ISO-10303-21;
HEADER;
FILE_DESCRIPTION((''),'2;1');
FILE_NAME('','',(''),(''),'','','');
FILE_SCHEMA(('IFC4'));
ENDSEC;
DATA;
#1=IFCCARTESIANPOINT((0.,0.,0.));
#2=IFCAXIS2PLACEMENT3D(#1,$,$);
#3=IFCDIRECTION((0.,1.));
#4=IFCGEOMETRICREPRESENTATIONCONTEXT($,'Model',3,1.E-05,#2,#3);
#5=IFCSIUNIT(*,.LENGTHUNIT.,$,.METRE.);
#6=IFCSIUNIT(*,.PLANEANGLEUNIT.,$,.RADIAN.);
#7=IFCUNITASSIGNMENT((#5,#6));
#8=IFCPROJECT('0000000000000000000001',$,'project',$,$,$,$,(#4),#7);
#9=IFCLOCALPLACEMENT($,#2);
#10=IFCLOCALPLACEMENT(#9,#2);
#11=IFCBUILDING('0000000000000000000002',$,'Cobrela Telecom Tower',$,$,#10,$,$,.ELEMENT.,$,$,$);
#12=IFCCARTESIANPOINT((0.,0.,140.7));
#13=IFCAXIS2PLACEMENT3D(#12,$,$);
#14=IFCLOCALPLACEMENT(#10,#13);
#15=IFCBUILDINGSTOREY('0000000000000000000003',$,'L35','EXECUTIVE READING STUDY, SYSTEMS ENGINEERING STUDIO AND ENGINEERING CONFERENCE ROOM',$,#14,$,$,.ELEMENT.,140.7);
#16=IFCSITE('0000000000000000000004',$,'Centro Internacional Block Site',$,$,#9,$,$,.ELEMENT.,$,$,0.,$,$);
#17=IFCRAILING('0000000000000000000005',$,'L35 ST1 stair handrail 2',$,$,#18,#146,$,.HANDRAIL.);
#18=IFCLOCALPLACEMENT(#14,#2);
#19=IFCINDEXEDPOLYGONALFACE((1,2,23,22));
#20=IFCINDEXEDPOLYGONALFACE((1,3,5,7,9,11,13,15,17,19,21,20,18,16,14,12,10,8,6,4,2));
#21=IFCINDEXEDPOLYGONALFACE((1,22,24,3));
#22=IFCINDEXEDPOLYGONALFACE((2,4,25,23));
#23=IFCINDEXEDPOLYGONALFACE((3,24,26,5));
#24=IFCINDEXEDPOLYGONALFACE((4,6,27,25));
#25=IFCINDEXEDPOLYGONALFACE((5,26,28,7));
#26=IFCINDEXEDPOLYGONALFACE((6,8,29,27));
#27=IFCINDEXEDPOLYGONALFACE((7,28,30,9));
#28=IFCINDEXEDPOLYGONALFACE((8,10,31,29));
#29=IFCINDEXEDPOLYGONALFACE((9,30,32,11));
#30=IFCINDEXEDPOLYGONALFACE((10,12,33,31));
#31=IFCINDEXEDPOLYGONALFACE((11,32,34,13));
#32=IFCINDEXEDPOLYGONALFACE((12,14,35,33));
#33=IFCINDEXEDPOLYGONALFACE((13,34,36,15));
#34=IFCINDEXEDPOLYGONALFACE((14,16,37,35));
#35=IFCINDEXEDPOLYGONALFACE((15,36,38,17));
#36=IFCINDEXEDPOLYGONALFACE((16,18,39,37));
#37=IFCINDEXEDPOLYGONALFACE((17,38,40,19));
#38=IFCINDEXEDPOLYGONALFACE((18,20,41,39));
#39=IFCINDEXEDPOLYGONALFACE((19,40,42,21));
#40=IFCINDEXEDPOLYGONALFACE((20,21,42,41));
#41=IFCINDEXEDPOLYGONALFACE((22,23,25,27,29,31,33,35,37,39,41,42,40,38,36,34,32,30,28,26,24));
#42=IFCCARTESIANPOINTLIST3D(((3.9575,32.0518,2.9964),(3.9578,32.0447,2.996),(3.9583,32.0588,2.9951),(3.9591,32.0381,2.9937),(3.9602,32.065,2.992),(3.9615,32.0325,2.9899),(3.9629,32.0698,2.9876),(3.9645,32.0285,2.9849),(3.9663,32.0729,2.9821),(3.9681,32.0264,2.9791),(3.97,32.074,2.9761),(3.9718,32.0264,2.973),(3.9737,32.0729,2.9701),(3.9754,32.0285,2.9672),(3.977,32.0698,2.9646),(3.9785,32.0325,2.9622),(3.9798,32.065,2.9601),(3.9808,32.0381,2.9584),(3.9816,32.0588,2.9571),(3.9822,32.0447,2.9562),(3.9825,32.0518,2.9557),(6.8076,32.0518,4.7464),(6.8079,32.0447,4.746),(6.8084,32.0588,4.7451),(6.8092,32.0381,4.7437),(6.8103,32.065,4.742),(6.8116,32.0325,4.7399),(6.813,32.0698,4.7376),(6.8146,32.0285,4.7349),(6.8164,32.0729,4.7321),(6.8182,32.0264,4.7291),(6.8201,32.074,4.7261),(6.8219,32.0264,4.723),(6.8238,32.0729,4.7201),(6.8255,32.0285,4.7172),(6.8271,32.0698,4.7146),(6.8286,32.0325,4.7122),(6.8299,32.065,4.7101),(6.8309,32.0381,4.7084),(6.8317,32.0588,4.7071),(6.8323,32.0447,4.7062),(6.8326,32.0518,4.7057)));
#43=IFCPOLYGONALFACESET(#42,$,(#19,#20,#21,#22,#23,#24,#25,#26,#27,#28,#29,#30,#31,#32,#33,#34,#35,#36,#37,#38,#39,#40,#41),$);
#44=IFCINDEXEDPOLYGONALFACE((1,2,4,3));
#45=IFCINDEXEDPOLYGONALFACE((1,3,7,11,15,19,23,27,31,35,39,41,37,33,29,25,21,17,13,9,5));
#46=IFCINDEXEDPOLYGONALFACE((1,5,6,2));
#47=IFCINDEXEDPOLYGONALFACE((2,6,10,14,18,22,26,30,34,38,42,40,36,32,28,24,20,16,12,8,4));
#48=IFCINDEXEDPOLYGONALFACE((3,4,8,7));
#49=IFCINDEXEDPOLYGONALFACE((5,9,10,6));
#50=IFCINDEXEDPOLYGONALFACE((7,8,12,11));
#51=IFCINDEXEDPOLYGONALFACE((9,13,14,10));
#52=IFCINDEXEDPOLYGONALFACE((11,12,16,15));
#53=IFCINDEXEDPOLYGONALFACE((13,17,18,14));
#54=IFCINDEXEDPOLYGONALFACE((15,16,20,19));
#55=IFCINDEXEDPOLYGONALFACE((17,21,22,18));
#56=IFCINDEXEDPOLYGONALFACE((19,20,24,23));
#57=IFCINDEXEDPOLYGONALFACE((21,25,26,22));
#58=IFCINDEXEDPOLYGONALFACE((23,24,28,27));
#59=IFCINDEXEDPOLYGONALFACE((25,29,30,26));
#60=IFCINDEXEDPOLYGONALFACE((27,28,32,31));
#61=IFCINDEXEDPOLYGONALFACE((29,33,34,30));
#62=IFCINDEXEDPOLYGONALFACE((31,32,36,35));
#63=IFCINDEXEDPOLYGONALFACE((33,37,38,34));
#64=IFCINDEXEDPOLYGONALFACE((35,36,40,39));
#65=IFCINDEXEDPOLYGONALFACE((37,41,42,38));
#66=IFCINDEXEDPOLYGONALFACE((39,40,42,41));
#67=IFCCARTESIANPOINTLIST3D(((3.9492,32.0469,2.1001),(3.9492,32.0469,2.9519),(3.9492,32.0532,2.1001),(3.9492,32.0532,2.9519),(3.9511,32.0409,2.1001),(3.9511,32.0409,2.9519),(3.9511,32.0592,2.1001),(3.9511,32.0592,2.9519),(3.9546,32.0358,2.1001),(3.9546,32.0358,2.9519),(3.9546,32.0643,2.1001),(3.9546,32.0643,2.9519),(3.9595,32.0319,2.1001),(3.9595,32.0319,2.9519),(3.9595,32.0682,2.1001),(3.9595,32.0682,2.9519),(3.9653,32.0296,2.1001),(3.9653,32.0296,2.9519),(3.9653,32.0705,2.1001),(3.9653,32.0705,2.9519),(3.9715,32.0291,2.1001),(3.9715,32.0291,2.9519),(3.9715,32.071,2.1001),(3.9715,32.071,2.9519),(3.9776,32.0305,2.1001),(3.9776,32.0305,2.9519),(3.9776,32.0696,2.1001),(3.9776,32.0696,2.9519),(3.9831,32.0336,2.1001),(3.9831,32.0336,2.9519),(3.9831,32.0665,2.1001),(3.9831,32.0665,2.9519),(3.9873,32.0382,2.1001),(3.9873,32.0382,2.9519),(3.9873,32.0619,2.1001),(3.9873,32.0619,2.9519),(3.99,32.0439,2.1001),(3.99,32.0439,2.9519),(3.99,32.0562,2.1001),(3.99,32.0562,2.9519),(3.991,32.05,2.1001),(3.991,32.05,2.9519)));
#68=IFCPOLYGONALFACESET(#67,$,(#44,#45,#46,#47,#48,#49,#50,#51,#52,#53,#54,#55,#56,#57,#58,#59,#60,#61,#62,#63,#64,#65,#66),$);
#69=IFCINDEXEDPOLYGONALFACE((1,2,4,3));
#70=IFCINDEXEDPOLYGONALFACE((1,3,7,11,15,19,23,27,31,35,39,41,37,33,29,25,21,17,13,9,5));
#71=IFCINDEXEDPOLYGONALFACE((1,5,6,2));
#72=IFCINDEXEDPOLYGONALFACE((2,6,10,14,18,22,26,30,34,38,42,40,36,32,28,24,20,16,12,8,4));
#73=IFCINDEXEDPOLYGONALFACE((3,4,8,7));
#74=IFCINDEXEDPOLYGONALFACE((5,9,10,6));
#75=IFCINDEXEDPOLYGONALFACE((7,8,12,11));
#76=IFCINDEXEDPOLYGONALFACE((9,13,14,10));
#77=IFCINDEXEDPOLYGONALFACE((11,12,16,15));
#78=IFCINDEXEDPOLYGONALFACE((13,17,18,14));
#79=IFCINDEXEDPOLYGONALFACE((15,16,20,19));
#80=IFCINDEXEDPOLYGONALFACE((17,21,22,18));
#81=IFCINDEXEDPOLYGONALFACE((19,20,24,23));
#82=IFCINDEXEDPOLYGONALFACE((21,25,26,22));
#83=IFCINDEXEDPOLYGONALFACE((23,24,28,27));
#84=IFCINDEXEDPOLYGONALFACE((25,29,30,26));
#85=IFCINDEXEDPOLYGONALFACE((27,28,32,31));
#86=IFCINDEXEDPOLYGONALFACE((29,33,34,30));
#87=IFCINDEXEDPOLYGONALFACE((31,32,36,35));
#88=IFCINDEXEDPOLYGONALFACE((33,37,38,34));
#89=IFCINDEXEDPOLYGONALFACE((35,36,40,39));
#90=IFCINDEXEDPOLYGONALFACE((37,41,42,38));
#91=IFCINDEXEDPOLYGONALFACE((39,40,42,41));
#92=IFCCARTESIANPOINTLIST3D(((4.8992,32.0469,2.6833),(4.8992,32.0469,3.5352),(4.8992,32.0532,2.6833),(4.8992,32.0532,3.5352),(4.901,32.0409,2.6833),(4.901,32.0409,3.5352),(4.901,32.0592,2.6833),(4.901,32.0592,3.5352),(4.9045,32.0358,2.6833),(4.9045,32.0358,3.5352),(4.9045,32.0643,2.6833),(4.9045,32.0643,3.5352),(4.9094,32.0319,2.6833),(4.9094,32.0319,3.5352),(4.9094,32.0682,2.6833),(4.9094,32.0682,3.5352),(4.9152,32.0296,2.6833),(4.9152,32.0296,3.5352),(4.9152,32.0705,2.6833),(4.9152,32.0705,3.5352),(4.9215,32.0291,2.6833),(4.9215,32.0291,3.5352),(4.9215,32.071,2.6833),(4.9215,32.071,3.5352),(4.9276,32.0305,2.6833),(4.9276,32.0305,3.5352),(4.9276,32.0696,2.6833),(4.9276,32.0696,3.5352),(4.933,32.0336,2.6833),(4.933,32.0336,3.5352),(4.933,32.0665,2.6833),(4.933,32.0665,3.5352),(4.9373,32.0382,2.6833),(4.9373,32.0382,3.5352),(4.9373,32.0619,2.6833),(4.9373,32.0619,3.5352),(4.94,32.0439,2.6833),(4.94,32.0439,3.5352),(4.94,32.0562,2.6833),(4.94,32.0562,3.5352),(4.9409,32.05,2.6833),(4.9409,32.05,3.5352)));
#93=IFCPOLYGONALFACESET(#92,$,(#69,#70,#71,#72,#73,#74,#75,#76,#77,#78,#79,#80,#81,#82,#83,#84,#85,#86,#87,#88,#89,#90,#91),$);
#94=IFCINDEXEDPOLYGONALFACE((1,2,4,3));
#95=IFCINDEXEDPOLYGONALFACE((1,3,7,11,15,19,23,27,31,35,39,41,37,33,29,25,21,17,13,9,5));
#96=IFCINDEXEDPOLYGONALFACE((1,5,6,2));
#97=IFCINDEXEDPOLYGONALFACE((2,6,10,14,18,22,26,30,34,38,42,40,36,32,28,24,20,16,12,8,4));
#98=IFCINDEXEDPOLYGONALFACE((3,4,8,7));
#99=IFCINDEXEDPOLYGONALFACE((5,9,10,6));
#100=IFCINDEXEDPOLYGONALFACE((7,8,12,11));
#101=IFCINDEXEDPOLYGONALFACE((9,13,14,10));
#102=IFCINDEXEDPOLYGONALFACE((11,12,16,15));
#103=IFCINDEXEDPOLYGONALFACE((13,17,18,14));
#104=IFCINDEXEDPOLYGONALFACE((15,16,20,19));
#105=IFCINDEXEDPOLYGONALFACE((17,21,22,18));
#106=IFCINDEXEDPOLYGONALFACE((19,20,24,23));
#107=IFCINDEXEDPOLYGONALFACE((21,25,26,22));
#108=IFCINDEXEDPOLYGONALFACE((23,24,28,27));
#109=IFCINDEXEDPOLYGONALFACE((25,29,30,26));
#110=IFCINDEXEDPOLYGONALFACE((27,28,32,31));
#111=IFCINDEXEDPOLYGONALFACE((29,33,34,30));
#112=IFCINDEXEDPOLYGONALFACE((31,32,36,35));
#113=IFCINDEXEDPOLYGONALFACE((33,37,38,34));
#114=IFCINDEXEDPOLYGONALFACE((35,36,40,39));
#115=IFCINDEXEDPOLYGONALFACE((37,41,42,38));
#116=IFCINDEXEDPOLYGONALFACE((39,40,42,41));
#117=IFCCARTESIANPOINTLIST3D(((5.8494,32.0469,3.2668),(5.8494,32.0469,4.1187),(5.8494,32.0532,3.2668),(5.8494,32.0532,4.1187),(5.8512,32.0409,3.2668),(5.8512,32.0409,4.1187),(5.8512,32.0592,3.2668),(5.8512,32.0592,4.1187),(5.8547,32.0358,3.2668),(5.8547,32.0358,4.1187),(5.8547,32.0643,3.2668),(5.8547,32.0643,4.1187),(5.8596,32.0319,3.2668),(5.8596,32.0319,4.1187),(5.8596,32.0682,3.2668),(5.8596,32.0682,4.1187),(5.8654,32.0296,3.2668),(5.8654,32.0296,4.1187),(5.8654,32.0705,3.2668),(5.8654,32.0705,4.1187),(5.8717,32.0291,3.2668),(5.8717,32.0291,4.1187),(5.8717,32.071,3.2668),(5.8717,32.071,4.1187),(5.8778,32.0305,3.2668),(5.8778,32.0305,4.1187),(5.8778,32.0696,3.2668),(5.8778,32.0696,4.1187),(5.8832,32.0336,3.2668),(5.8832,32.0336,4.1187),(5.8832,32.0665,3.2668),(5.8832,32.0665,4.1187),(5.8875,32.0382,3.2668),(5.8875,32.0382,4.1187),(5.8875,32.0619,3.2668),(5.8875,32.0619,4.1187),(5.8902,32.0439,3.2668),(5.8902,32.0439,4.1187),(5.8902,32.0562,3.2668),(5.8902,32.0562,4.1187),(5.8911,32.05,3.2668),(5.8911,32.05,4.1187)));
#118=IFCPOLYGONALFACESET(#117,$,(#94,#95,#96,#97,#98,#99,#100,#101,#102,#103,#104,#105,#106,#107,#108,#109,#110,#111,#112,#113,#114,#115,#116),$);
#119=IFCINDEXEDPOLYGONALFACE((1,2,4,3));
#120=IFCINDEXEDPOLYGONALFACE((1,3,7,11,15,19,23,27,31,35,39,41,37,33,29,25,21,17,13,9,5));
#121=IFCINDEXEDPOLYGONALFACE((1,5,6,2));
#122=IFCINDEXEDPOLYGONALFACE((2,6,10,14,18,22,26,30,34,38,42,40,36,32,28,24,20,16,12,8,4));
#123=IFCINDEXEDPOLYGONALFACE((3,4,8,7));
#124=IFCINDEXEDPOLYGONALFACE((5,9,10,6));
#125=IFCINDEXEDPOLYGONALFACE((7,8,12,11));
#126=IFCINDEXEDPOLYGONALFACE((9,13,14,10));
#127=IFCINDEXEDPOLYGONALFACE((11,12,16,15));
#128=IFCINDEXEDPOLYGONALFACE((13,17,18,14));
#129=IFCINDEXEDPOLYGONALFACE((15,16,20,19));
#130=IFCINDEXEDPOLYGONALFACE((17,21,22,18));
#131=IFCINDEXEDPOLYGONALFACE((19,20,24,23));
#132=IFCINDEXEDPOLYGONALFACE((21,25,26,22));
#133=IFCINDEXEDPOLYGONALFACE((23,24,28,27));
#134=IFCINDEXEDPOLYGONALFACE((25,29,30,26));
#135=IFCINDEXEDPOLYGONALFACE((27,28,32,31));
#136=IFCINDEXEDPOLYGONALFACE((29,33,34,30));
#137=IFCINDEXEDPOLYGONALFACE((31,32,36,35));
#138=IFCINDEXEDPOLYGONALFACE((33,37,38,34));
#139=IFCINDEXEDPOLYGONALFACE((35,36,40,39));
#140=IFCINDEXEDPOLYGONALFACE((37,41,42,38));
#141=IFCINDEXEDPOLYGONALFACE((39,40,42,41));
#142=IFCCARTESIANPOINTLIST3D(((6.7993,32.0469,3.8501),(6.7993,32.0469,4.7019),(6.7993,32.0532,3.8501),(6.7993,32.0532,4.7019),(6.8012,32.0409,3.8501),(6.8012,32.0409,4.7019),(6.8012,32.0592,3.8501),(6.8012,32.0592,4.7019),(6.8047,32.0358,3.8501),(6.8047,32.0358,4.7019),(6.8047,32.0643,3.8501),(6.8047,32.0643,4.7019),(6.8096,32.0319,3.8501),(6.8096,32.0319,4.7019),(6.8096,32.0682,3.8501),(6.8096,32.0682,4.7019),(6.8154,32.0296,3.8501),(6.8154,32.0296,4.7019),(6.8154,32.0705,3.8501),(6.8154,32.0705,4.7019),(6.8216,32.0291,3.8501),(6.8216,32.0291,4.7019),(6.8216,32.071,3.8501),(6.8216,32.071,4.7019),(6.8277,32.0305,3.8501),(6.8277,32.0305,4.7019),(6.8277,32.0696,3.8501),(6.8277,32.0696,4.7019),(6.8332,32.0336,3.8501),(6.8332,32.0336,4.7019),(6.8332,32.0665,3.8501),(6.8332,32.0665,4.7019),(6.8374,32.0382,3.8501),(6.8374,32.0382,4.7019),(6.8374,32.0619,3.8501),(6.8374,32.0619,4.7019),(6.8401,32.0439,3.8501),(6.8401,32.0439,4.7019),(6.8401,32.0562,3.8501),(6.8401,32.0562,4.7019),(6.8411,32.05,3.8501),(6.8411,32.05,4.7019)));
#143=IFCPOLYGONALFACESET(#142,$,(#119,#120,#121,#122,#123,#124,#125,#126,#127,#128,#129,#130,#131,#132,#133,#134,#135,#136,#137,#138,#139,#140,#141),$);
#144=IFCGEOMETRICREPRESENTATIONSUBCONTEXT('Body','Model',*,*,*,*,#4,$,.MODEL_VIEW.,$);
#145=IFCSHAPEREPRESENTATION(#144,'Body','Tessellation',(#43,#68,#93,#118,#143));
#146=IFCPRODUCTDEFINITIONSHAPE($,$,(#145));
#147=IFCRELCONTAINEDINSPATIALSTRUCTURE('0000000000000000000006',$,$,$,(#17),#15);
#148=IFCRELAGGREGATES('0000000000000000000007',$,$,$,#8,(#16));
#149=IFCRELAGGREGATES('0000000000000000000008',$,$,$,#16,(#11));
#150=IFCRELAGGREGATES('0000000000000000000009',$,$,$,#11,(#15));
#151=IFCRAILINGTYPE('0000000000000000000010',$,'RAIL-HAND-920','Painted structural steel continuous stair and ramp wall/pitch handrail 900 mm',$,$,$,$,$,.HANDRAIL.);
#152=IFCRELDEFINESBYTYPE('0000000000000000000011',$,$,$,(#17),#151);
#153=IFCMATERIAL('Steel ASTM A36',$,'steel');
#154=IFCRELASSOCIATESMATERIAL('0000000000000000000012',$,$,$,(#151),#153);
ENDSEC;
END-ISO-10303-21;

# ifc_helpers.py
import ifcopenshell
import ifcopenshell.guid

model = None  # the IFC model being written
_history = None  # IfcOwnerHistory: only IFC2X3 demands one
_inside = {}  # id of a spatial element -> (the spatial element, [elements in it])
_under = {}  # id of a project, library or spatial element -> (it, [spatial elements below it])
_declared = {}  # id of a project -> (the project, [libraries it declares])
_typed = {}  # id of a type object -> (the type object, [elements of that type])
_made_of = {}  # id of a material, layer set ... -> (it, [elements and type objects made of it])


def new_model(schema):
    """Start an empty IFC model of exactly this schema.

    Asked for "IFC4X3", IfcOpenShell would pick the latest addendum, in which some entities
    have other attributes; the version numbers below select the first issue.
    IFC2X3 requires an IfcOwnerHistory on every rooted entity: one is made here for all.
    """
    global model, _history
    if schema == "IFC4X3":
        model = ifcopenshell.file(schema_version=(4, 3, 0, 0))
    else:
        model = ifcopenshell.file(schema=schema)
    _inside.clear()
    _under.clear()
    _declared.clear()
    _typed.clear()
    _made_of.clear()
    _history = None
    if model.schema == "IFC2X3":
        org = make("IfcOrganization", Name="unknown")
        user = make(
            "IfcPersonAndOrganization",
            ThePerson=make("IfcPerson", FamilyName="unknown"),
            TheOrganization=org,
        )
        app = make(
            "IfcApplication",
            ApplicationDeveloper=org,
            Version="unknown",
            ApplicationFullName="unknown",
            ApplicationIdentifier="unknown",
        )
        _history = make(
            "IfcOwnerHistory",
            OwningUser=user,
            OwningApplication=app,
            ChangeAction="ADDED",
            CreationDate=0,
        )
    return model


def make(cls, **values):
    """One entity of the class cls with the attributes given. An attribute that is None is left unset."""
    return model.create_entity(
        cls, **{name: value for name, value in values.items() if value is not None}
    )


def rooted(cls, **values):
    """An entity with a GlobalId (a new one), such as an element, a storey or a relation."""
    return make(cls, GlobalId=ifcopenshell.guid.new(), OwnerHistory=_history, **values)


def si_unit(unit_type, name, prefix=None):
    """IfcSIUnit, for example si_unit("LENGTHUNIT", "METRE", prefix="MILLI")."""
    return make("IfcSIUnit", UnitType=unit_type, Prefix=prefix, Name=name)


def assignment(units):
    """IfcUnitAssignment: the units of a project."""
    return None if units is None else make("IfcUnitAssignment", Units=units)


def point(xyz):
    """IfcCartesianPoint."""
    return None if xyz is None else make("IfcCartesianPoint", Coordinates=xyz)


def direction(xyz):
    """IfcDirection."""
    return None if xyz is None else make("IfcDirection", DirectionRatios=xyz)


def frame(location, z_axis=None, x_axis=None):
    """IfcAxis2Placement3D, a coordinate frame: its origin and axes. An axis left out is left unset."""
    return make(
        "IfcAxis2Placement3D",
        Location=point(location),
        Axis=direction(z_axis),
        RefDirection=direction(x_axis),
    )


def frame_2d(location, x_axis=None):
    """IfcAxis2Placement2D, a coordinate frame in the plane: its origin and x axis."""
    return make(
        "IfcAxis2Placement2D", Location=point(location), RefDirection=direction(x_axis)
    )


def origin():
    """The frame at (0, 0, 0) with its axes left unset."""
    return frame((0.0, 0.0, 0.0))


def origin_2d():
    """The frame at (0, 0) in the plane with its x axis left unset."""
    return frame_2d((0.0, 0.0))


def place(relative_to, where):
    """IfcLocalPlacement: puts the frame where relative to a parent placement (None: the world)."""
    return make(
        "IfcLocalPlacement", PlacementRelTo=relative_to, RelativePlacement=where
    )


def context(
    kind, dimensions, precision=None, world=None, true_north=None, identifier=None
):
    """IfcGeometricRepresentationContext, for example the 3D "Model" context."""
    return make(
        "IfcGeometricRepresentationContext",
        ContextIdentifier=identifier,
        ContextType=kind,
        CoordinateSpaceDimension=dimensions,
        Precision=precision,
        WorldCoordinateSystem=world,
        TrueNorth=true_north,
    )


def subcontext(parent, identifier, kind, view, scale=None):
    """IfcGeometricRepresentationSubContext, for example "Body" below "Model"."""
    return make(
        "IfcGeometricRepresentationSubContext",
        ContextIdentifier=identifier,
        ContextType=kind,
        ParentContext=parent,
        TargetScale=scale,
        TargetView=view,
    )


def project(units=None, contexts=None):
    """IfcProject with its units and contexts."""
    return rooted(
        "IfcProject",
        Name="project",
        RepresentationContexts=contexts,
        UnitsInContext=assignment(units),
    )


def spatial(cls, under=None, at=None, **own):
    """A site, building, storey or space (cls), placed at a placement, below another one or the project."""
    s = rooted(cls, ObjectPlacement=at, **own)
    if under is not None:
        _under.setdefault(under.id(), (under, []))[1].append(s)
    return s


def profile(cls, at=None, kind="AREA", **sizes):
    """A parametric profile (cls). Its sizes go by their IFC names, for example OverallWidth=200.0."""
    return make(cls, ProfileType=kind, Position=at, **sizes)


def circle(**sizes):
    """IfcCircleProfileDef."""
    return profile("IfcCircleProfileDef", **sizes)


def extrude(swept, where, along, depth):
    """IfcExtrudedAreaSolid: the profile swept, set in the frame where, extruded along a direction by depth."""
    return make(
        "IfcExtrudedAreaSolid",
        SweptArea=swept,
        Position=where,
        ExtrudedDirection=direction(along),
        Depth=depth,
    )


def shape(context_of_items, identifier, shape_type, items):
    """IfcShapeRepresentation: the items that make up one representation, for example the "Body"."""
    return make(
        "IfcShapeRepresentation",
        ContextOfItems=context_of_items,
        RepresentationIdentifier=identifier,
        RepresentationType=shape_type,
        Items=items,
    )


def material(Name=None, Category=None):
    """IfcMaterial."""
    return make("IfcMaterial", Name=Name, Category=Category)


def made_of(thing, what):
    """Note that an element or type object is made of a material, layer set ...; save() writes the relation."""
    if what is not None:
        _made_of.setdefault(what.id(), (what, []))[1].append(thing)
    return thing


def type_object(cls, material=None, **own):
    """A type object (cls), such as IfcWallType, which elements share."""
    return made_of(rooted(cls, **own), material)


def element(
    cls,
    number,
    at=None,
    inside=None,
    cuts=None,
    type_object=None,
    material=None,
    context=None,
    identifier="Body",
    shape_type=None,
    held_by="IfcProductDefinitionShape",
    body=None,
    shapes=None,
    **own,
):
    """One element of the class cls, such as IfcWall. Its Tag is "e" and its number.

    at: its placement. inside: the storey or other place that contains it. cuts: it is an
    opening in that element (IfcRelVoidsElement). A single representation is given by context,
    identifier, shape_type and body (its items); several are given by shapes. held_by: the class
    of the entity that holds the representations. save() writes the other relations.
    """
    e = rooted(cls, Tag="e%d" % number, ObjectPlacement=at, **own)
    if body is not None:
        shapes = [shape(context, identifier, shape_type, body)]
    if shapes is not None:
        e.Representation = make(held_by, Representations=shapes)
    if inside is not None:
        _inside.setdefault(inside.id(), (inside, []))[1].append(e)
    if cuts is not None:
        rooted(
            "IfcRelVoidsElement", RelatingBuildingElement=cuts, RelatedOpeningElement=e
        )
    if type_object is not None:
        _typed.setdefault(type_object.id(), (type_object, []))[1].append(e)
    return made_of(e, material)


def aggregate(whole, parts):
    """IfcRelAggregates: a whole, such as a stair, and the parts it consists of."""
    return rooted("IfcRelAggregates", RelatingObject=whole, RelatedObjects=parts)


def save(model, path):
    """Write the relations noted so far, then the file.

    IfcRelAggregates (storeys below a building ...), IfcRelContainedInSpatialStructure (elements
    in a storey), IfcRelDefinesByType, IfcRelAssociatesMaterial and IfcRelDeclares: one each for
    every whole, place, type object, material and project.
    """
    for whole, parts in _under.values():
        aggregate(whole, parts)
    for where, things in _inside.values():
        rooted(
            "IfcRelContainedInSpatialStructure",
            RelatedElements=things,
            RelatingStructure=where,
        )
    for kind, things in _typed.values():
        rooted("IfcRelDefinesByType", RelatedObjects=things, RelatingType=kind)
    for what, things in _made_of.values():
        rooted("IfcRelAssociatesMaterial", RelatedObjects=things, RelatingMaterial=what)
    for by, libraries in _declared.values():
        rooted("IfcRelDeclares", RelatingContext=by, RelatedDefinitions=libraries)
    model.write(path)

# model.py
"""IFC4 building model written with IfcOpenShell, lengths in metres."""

from ifc_helpers import new_model, si_unit, direction, frame, origin, origin_2d, place, context, subcontext, project, spatial, circle, extrude, material, type_object, element, save


model = new_model("IFC4")

# Units and contexts
model_context = context("Model", 3, precision=1e-05, world=origin(), true_north=direction((0.0, 1.0)))
body_context = subcontext(model_context, "Body", "Model", "MODEL_VIEW")
ifc_project = project(units=[si_unit("LENGTHUNIT", "METRE"), si_unit("PLANEANGLEUNIT", "RADIAN")], contexts=[model_context])

# Site, building, storey
site_placement = place(None, origin())
site = spatial("IfcSite", under=ifc_project, at=site_placement, Name="Centro Internacional Block Site", CompositionType="ELEMENT", RefElevation=0.0)
building_placement = place(site_placement, origin())
building = spatial("IfcBuilding", under=site, at=building_placement, Name="Cobrela Telecom Tower", CompositionType="ELEMENT")
storey_placement = place(building_placement, frame((0.0, 0.0, 140.7)))
storey = spatial("IfcBuildingStorey", under=building, at=storey_placement, Name="L35", Description="EXECUTIVE READING STUDY, SYSTEMS ENGINEERING STUDIO AND ENGINEERING CONFERENCE ROOM", CompositionType="ELEMENT", Elevation=140.7)

# Shared definitions
ifc_material_1 = material(Name="Steel ASTM A36", Category="steel")

# Railing
railing_type_1 = type_object("IfcRailingType", Name="RAIL-HAND-920", Description="Painted structural steel continuous stair and ramp wall/pitch handrail 900 mm", PredefinedType="HANDRAIL", material=ifc_material_1)
railing_1_placement = place(storey_placement, frame((3.97, 32.05, 2.1001)))
element("IfcRailing", 1, at=railing_1_placement, inside=storey, type_object=railing_type_1, Name="L35 ST1 stair handrail 2", PredefinedType="HANDRAIL", context=body_context, shape_type="SweptSolid", body=[
    extrude(circle(Radius=0.0239, at=origin_2d()), frame((0.0, 0.0, 0.876), z_axis=(0.852179, 0.0, 0.52325), x_axis=(0.0, 1.0, 0.0)), (0.0, 0.0, 1.0), 3.3445),
    extrude(circle(Radius=0.021, at=origin_2d()), origin(), (0.0, 0.0, 1.0), 0.8518),
    extrude(circle(Radius=0.021, at=origin_2d()), frame((0.95, 0.0, 0.5833)), (0.0, 0.0, 1.0), 0.8518),
    extrude(circle(Radius=0.021, at=origin_2d()), frame((1.9001, 0.0, 1.1667)), (0.0, 0.0, 1.0), 0.8518),
    extrude(circle(Radius=0.021, at=origin_2d()), frame((2.8501, 0.0, 1.75)), (0.0, 0.0, 1.0), 0.8518),
])

save(model, "model.ifc")
